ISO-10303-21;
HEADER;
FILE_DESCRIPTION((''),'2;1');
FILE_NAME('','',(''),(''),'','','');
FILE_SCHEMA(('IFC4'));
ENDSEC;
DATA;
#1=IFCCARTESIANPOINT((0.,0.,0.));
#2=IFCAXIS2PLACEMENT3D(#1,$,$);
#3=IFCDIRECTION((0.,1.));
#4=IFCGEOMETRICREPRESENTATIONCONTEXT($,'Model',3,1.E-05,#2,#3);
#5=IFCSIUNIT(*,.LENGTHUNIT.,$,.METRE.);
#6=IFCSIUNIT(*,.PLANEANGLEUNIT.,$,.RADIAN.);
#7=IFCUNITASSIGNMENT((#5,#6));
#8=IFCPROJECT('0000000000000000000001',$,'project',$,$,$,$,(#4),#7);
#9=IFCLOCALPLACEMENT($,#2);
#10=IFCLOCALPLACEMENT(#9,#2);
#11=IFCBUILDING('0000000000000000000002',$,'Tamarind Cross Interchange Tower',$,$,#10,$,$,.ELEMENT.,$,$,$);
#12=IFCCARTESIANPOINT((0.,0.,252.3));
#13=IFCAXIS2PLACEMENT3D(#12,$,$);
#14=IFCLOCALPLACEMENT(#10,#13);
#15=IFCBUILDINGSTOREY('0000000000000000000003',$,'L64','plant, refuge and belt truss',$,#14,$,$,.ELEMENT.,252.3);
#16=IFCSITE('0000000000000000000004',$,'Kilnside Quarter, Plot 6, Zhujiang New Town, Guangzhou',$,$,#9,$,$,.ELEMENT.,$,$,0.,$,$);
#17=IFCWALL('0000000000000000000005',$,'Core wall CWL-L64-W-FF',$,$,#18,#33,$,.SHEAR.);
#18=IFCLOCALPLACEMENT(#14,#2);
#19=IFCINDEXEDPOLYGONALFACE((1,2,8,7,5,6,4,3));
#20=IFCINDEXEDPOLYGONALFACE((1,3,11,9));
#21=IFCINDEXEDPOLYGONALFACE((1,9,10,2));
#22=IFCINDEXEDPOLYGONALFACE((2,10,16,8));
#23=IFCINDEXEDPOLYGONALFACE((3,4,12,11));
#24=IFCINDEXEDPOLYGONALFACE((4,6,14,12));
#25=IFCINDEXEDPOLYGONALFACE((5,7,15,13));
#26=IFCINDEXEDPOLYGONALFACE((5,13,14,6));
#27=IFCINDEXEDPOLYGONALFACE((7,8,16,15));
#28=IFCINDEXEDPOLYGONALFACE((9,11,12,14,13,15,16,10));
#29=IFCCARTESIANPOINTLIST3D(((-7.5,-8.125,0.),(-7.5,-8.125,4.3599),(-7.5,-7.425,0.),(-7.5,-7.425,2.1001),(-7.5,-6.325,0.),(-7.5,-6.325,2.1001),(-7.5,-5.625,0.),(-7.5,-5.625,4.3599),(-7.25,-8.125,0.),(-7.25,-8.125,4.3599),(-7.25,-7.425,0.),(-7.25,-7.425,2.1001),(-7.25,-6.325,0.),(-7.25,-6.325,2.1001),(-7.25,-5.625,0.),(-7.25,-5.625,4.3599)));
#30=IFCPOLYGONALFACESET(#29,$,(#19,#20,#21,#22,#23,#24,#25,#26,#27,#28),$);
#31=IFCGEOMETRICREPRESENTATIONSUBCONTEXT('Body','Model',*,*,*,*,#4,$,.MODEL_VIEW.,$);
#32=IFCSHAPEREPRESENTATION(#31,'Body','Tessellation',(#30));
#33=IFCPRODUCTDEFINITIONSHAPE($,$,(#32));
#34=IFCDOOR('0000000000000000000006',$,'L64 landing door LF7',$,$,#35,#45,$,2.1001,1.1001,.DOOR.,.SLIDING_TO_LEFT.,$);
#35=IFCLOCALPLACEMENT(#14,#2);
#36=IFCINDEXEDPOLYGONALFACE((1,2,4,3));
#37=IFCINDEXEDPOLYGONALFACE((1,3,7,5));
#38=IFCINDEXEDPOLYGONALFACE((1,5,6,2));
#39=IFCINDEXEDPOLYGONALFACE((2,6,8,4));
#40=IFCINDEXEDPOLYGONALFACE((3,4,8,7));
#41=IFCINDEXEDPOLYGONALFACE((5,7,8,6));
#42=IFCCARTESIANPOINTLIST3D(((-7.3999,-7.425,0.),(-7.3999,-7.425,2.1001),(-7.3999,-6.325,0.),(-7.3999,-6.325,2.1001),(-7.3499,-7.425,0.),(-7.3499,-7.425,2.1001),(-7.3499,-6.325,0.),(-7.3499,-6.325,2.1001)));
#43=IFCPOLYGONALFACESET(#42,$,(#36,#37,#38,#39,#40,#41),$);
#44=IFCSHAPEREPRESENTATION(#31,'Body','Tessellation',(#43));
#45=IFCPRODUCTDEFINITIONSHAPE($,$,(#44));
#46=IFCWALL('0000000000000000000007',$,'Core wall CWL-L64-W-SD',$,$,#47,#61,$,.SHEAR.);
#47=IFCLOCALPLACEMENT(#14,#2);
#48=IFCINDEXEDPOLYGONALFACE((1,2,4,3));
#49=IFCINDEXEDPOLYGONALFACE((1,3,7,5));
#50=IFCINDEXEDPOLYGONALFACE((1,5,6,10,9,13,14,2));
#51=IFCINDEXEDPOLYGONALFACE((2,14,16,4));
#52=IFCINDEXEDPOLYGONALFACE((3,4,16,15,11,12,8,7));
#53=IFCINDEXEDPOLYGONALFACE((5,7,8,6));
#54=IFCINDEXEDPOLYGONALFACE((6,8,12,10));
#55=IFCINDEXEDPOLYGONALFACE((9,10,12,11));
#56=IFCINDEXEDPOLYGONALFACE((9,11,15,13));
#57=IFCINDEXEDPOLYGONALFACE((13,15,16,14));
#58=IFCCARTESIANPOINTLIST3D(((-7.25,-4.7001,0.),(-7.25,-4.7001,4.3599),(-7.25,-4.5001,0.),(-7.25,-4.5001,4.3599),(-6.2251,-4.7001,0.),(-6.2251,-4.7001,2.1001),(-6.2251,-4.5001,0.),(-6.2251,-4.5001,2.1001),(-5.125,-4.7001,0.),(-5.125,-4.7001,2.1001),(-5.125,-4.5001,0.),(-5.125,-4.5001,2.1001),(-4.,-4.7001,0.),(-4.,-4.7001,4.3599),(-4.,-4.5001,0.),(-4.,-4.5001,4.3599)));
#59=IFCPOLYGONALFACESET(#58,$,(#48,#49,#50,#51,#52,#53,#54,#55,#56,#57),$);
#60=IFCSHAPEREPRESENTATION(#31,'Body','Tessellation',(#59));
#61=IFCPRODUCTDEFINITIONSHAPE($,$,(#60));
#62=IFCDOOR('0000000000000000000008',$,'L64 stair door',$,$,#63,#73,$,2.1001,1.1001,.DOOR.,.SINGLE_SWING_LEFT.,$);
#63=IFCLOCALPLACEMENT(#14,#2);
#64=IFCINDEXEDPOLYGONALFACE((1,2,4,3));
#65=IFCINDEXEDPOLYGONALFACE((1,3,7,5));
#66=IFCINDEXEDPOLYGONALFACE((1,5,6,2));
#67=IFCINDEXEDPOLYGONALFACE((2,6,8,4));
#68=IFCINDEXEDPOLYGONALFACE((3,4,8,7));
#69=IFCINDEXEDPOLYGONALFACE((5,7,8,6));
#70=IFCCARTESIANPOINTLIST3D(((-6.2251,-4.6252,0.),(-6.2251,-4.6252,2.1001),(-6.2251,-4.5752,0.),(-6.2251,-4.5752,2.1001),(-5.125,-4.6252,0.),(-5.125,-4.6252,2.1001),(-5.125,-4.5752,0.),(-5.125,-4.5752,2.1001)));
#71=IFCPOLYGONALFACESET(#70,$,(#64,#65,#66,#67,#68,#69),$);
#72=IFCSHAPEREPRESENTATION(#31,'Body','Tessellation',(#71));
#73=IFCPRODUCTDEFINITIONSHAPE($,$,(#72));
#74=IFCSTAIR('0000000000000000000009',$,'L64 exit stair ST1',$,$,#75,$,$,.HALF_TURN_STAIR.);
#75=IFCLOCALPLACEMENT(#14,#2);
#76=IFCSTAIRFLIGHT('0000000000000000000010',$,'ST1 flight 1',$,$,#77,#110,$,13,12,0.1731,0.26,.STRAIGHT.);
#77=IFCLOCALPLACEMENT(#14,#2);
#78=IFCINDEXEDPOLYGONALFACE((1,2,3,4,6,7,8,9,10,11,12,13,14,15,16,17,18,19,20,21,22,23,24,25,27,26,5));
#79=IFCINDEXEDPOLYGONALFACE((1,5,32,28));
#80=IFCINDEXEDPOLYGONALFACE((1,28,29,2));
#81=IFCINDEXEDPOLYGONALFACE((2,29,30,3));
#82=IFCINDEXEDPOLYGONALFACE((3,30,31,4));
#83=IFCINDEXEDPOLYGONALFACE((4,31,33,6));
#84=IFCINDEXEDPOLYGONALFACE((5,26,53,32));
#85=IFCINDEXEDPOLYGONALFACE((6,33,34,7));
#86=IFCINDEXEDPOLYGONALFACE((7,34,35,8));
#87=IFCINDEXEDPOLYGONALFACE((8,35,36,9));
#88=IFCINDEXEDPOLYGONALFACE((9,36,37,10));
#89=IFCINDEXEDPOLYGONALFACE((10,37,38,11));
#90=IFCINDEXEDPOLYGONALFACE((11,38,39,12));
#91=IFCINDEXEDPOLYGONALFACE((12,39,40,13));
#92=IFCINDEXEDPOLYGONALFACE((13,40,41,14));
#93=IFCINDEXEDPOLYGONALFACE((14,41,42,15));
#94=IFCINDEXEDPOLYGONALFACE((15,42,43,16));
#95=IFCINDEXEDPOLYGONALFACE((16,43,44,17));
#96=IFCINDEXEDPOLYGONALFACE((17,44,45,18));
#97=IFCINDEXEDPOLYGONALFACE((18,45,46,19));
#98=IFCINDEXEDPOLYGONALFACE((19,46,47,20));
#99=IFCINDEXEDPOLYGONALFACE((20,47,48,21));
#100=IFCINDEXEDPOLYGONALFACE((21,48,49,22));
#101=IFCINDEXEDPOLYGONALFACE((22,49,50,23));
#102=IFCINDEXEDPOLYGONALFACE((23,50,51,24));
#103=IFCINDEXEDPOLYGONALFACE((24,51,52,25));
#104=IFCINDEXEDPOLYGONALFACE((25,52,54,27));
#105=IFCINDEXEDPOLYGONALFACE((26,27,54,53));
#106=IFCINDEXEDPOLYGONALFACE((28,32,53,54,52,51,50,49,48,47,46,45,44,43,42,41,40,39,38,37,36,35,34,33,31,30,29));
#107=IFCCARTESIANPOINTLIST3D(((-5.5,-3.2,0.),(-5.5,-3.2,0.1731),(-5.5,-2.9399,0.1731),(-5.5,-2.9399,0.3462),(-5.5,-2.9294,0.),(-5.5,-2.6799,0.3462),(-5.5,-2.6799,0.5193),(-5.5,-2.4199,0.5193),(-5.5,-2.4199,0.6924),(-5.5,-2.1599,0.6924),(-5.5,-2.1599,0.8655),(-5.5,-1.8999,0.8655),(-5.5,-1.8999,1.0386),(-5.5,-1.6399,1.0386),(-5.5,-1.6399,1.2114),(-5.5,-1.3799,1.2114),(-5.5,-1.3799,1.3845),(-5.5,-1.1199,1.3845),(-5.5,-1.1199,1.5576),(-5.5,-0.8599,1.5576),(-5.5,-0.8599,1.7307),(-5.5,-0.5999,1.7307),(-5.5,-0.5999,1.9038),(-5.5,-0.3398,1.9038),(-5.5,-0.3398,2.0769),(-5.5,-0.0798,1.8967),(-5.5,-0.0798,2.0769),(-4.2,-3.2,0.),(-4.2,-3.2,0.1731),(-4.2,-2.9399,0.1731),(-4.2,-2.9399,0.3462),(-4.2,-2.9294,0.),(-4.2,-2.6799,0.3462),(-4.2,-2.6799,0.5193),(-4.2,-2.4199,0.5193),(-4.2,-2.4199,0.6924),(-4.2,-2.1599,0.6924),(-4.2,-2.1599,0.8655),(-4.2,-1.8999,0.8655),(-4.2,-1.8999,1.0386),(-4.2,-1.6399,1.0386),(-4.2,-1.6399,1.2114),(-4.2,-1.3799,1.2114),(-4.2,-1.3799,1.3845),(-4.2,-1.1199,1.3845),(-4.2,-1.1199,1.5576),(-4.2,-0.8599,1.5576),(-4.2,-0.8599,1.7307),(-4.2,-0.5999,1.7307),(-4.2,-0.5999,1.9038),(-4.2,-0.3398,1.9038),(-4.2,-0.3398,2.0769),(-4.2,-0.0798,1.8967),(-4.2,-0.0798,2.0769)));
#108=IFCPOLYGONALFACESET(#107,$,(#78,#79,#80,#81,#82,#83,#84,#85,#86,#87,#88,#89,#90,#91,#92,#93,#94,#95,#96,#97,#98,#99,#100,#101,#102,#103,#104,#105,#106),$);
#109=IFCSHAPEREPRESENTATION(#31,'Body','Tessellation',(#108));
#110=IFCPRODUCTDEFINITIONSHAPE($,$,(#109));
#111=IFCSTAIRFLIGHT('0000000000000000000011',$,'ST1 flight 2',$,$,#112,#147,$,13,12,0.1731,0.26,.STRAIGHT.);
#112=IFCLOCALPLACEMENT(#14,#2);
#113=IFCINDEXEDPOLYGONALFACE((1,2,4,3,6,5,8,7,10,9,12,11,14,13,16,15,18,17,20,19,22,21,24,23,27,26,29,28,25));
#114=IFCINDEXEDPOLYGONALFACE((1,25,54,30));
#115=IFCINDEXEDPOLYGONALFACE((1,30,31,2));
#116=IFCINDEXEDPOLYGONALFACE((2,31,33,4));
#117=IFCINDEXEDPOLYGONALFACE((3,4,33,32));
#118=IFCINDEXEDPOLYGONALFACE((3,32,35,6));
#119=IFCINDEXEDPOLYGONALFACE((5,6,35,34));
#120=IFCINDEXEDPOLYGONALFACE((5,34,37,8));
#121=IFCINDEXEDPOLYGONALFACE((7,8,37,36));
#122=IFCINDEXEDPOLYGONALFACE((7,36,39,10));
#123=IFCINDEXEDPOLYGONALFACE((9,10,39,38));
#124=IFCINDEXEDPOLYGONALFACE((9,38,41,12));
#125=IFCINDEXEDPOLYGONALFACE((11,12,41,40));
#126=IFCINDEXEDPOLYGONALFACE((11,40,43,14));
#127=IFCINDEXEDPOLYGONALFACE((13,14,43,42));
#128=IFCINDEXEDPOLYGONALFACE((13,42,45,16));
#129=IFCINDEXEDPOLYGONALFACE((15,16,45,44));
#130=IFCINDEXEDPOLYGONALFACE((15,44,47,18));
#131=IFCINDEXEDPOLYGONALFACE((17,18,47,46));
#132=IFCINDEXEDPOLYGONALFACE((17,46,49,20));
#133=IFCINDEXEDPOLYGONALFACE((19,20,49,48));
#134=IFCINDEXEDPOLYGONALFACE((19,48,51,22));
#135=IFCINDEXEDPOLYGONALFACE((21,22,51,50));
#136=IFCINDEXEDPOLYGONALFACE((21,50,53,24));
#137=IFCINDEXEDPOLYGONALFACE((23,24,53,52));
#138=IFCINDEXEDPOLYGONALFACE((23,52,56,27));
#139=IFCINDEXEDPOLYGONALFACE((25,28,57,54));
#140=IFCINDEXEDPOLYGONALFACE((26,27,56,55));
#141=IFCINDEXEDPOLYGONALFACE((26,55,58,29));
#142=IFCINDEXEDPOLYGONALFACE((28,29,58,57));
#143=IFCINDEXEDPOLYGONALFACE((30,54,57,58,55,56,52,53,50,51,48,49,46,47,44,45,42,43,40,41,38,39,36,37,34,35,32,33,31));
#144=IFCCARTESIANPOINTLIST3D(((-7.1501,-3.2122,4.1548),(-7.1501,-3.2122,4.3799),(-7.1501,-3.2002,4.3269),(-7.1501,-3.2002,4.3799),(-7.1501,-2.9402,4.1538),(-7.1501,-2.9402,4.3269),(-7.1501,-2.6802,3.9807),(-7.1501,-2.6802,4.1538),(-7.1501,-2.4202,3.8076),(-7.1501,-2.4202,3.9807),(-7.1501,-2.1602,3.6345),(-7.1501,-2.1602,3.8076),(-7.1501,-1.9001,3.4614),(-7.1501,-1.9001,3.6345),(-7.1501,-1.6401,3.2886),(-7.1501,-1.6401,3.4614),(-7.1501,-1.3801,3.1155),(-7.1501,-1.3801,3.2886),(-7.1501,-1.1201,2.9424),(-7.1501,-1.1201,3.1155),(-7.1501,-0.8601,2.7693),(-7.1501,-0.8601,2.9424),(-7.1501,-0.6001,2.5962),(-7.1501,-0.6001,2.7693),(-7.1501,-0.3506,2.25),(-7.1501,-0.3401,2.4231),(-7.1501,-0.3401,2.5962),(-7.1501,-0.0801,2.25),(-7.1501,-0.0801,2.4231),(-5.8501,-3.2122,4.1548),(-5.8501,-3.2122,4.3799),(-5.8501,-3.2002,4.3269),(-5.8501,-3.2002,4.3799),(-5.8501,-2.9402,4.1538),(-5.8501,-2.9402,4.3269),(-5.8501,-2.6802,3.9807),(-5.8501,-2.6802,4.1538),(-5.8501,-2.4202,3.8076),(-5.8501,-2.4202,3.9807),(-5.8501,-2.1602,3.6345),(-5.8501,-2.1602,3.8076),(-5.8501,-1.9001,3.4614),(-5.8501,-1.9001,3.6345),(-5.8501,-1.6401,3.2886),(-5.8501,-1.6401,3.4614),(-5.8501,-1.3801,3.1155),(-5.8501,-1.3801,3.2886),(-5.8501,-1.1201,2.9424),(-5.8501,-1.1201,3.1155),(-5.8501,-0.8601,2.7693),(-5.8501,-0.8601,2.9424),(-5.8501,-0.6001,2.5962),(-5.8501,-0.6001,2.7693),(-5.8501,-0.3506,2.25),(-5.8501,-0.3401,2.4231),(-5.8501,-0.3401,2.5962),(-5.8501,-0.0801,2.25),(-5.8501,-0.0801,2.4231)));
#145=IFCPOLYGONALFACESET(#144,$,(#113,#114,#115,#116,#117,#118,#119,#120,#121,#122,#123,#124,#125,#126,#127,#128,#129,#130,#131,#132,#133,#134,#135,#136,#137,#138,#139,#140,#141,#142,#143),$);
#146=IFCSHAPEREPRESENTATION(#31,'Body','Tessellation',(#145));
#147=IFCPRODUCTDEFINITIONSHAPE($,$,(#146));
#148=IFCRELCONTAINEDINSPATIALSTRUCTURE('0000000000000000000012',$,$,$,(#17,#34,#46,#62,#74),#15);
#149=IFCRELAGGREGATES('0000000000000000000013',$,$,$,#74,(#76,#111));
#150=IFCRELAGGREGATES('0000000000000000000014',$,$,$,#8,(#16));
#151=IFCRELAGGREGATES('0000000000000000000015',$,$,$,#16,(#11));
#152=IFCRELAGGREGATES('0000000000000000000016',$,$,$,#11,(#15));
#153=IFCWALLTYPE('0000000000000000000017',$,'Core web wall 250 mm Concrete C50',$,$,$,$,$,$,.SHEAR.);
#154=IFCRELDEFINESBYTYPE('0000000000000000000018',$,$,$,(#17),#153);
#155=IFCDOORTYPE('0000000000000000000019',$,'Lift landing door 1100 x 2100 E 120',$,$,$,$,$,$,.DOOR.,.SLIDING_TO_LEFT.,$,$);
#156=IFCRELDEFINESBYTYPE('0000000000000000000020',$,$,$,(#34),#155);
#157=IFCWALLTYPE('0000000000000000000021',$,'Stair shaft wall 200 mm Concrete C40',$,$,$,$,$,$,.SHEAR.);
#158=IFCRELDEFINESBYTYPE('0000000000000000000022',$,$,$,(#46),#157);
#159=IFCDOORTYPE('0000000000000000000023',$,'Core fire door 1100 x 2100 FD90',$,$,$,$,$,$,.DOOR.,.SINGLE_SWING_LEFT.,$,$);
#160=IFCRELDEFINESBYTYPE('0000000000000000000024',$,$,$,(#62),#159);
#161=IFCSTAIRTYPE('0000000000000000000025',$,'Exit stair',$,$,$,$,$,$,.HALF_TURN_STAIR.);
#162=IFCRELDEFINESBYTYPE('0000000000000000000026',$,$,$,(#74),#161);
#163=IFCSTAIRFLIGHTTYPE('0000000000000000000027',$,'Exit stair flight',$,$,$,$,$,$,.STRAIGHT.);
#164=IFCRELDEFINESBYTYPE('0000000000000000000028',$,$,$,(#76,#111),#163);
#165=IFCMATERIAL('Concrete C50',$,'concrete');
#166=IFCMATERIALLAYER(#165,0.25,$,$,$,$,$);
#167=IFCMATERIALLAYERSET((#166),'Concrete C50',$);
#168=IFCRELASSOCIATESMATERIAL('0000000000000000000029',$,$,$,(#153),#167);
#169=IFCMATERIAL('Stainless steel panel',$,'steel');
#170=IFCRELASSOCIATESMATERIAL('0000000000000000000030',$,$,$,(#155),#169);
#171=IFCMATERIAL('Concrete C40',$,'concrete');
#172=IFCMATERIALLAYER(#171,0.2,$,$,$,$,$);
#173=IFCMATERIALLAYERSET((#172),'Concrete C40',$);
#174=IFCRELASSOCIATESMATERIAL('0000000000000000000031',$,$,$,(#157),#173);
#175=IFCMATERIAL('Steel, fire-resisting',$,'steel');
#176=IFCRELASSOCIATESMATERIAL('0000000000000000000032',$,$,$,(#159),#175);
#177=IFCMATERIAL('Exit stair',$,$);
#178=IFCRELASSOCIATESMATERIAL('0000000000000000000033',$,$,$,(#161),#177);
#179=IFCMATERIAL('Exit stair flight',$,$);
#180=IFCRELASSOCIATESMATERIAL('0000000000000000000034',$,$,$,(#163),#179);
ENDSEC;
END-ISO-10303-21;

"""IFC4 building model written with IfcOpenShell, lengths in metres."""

from ifc_helpers import new_model, si_unit, direction, frame, frame_2d, origin, place, context, subcontext, project, spatial, polyline, rectangle, outline, extrude, material, layer, layer_set, type_object, element, fill, aggregate, save


model = new_model("IFC4")

# Units and contexts
model_context = context("Model", 3, precision=1e-05, world=origin(), true_north=direction((0.0, 1.0)))
body_context = subcontext(model_context, "Body", "Model", "MODEL_VIEW")
ifc_project = project(units=[si_unit("LENGTHUNIT", "METRE"), si_unit("PLANEANGLEUNIT", "RADIAN")], contexts=[model_context])

# Site, building, storey
site_placement = place(None, origin())
site = spatial("IfcSite", under=ifc_project, at=site_placement, Name="Kilnside Quarter, Plot 6, Zhujiang New Town, Guangzhou", CompositionType="ELEMENT", RefElevation=0.0)
building_placement = place(site_placement, origin())
building = spatial("IfcBuilding", under=site, at=building_placement, Name="Tamarind Cross Interchange Tower", CompositionType="ELEMENT")
storey_placement = place(building_placement, frame((0.0, 0.0, 252.3)))
storey = spatial("IfcBuildingStorey", under=building, at=storey_placement, Name="L64", Description="plant, refuge and belt truss", CompositionType="ELEMENT", Elevation=252.3)

# Shared definitions
ifc_material_1 = material(Name="Concrete C50", Category="concrete")
ifc_material_2 = material(Name="Steel, fire-resisting", Category="steel")

# Shared definitions
ifc_layer_1 = layer(ifc_material_1, 0.25)
ifc_layer_set_1 = layer_set([ifc_layer_1], Name="Concrete C50")
wall_type_1 = type_object("IfcWallType", Name="Core web wall 250 mm Concrete C50", PredefinedType="SHEAR", material=ifc_layer_set_1)

# Walls, openings, doors
wall_1_placement = place(storey_placement, frame((-7.375, -8.125, 0.0), z_axis=(0.0, 0.0, 1.0), x_axis=(0.0, 1.0, 0.0)))
wall_1 = element("IfcWall", 1, at=wall_1_placement, inside=storey, type_object=wall_type_1, Name="Core wall CWL-L64-W-FF", PredefinedType="SHEAR", context=body_context, shape_type="SweptSolid", body=[
    extrude(rectangle(XDim=2.5, YDim=0.25, at=frame_2d((1.25, 0.0))), origin(), (0.0, 0.0, 1.0), 4.3599),
])
opening_1_placement = place(wall_1_placement, frame((0.7, 0.0, 0.0)))
opening_1 = element("IfcOpeningElement", 2, at=opening_1_placement, cuts=wall_1, PredefinedType="OPENING", context=body_context, shape_type="SweptSolid", body=[
    extrude(rectangle(XDim=1.1001, YDim=2.1001, at=frame_2d((0.55, 1.05))), frame((0.0, 0.135, 0.0), z_axis=(0.0, -1.0, 0.0), x_axis=(1.0, 0.0, 0.0)), (0.0, 0.0, 1.0), 0.27),
])
ifc_material_3 = material(Name="Stainless steel panel", Category="steel")
door_type_1 = type_object("IfcDoorType", Name="Lift landing door 1100 x 2100 E 120", OperationType="SLIDING_TO_LEFT", PredefinedType="DOOR", material=ifc_material_3)
door_1_placement = place(opening_1_placement, origin())
door_1 = element("IfcDoor", 3, at=door_1_placement, inside=storey, type_object=door_type_1, Name="L64 landing door LF7", OperationType="SLIDING_TO_LEFT", OverallHeight=2.1001, OverallWidth=1.1001, PredefinedType="DOOR", context=body_context, shape_type="SweptSolid", body=[
    extrude(rectangle(XDim=1.1001, YDim=2.1001, at=frame_2d((0.55, 1.05))), frame((0.0, 0.0249, 0.0), z_axis=(0.0, -1.0, 0.0), x_axis=(1.0, 0.0, 0.0)), (0.0, 0.0, 1.0), 0.05),
])
fill(opening_1, door_1)
ifc_material_4 = material(Name="Concrete C40", Category="concrete")
ifc_layer_2 = layer(ifc_material_4, 0.2)
ifc_layer_set_2 = layer_set([ifc_layer_2], Name="Concrete C40")
wall_type_2 = type_object("IfcWallType", Name="Stair shaft wall 200 mm Concrete C40", PredefinedType="SHEAR", material=ifc_layer_set_2)
wall_2_placement = place(storey_placement, frame((-7.25, -4.6001, 0.0), z_axis=(0.0, 0.0, 1.0), x_axis=(1.0, 0.0, 0.0)))
wall_2 = element("IfcWall", 4, at=wall_2_placement, inside=storey, type_object=wall_type_2, Name="Core wall CWL-L64-W-SD", PredefinedType="SHEAR", context=body_context, shape_type="SweptSolid", body=[
    extrude(rectangle(XDim=3.25, YDim=0.2, at=frame_2d((1.625, 0.0))), origin(), (0.0, 0.0, 1.0), 4.3599),
])
opening_2_placement = place(wall_2_placement, frame((1.0249, 0.0, 0.0)))
opening_2 = element("IfcOpeningElement", 5, at=opening_2_placement, cuts=wall_2, PredefinedType="OPENING", context=body_context, shape_type="SweptSolid", body=[
    extrude(rectangle(XDim=1.1001, YDim=2.1001, at=frame_2d((0.55, 1.05))), frame((0.0, 0.1099, 0.0), z_axis=(0.0, -1.0, 0.0), x_axis=(1.0, 0.0, 0.0)), (0.0, 0.0, 1.0), 0.22),
])
door_type_2 = type_object("IfcDoorType", Name="Core fire door 1100 x 2100 FD90", OperationType="SINGLE_SWING_LEFT", PredefinedType="DOOR", material=ifc_material_2)
door_2_placement = place(opening_2_placement, origin())
door_2 = element("IfcDoor", 6, at=door_2_placement, inside=storey, type_object=door_type_2, Name="L64 stair door", OperationType="SINGLE_SWING_LEFT", OverallHeight=2.1001, OverallWidth=1.1001, PredefinedType="DOOR", context=body_context, shape_type="SweptSolid", body=[
    extrude(rectangle(XDim=1.1001, YDim=2.1001, at=frame_2d((0.55, 1.05))), frame((0.0, 0.0249, 0.0), z_axis=(0.0, -1.0, 0.0), x_axis=(1.0, 0.0, 0.0)), (0.0, 0.0, 1.0), 0.05),
])
fill(opening_2, door_2)

# Stair, stair flights
ifc_material_5 = material(Name="Exit stair")
stair_type = type_object("IfcStairType", Name="Exit stair", PredefinedType="HALF_TURN_STAIR", material=ifc_material_5)
stair_placement = place(storey_placement, origin())
stair = element("IfcStair", 7, at=stair_placement, inside=storey, type_object=stair_type, Name="L64 exit stair ST1", PredefinedType="HALF_TURN_STAIR")
ifc_material_6 = material(Name="Exit stair flight")
stair_flight_type = type_object("IfcStairFlightType", Name="Exit stair flight", PredefinedType="STRAIGHT", material=ifc_material_6)
stair_flight_1_placement = place(storey_placement, frame((-4.8501, -3.2, 0.0), z_axis=(0.0, 0.0, 1.0), x_axis=(0.0, 1.0, 0.0)))
stair_flight_1 = element("IfcStairFlight", 8, at=stair_flight_1_placement, type_object=stair_flight_type, Name="ST1 flight 1", NumberOfRisers=13, NumberOfTreads=12, PredefinedType="STRAIGHT", RiserHeight=0.1731, TreadLength=0.26, context=body_context, shape_type="SweptSolid", body=[
    extrude(outline(polyline([(0.0, 0.0), (0.0, 0.1731), (0.26, 0.1731), (0.26, 0.3462), (0.52, 0.3462), (0.52, 0.5193), (0.78, 0.5193), (0.78, 0.6924), (1.04, 0.6924), (1.04, 0.8655), (1.3, 0.8655), (1.3, 1.0386), (1.5601, 1.0386), (1.5601, 1.2114), (1.8201, 1.2114), (1.8201, 1.3845), (2.0801, 1.3845), (2.0801, 1.5576), (2.3401, 1.5576), (2.3401, 1.7307), (2.6001, 1.7307), (2.6001, 1.9038), (2.8601, 1.9038), (2.8601, 2.0769), (3.1201, 2.0769), (3.1201, 2.25), (3.1201, 1.8967), (0.2705, 0.0), (0.0, 0.0)])), frame((0.0, 0.6499, 0.0), z_axis=(0.0, -1.0, 0.0), x_axis=(1.0, 0.0, 0.0)), (0.0, 0.0, 1.0), 1.3),
])
stair_flight_2_placement = place(storey_placement, frame((-6.5, -0.0801, 2.25), z_axis=(0.0, 0.0, 1.0), x_axis=(0.0, -1.0, 0.0)))
stair_flight_2 = element("IfcStairFlight", 9, at=stair_flight_2_placement, type_object=stair_flight_type, Name="ST1 flight 2", NumberOfRisers=13, NumberOfTreads=12, PredefinedType="STRAIGHT", RiserHeight=0.1731, TreadLength=0.26, context=body_context, shape_type="SweptSolid", body=[
    extrude(outline(polyline([(0.0, 0.0), (0.0, 0.1731), (0.26, 0.1731), (0.26, 0.3462), (0.52, 0.3462), (0.52, 0.5193), (0.78, 0.5193), (0.78, 0.6924), (1.04, 0.6924), (1.04, 0.8655), (1.3, 0.8655), (1.3, 1.0386), (1.5601, 1.0386), (1.5601, 1.2114), (1.8201, 1.2114), (1.8201, 1.3845), (2.0801, 1.3845), (2.0801, 1.5576), (2.3401, 1.5576), (2.3401, 1.7307), (2.6001, 1.7307), (2.6001, 1.9038), (2.8601, 1.9038), (2.8601, 2.0769), (3.1201, 2.0769), (3.1201, 2.1299), (3.1321, 2.1299), (3.1321, 1.9048), (0.2705, 0.0), (0.0, 0.0)])), frame((0.0, 0.6499, 0.0), z_axis=(0.0, -1.0, 0.0), x_axis=(1.0, 0.0, 0.0)), (0.0, 0.0, 1.0), 1.3),
])
aggregate(stair, [stair_flight_1, stair_flight_2])

save(model, "model.ifc")
